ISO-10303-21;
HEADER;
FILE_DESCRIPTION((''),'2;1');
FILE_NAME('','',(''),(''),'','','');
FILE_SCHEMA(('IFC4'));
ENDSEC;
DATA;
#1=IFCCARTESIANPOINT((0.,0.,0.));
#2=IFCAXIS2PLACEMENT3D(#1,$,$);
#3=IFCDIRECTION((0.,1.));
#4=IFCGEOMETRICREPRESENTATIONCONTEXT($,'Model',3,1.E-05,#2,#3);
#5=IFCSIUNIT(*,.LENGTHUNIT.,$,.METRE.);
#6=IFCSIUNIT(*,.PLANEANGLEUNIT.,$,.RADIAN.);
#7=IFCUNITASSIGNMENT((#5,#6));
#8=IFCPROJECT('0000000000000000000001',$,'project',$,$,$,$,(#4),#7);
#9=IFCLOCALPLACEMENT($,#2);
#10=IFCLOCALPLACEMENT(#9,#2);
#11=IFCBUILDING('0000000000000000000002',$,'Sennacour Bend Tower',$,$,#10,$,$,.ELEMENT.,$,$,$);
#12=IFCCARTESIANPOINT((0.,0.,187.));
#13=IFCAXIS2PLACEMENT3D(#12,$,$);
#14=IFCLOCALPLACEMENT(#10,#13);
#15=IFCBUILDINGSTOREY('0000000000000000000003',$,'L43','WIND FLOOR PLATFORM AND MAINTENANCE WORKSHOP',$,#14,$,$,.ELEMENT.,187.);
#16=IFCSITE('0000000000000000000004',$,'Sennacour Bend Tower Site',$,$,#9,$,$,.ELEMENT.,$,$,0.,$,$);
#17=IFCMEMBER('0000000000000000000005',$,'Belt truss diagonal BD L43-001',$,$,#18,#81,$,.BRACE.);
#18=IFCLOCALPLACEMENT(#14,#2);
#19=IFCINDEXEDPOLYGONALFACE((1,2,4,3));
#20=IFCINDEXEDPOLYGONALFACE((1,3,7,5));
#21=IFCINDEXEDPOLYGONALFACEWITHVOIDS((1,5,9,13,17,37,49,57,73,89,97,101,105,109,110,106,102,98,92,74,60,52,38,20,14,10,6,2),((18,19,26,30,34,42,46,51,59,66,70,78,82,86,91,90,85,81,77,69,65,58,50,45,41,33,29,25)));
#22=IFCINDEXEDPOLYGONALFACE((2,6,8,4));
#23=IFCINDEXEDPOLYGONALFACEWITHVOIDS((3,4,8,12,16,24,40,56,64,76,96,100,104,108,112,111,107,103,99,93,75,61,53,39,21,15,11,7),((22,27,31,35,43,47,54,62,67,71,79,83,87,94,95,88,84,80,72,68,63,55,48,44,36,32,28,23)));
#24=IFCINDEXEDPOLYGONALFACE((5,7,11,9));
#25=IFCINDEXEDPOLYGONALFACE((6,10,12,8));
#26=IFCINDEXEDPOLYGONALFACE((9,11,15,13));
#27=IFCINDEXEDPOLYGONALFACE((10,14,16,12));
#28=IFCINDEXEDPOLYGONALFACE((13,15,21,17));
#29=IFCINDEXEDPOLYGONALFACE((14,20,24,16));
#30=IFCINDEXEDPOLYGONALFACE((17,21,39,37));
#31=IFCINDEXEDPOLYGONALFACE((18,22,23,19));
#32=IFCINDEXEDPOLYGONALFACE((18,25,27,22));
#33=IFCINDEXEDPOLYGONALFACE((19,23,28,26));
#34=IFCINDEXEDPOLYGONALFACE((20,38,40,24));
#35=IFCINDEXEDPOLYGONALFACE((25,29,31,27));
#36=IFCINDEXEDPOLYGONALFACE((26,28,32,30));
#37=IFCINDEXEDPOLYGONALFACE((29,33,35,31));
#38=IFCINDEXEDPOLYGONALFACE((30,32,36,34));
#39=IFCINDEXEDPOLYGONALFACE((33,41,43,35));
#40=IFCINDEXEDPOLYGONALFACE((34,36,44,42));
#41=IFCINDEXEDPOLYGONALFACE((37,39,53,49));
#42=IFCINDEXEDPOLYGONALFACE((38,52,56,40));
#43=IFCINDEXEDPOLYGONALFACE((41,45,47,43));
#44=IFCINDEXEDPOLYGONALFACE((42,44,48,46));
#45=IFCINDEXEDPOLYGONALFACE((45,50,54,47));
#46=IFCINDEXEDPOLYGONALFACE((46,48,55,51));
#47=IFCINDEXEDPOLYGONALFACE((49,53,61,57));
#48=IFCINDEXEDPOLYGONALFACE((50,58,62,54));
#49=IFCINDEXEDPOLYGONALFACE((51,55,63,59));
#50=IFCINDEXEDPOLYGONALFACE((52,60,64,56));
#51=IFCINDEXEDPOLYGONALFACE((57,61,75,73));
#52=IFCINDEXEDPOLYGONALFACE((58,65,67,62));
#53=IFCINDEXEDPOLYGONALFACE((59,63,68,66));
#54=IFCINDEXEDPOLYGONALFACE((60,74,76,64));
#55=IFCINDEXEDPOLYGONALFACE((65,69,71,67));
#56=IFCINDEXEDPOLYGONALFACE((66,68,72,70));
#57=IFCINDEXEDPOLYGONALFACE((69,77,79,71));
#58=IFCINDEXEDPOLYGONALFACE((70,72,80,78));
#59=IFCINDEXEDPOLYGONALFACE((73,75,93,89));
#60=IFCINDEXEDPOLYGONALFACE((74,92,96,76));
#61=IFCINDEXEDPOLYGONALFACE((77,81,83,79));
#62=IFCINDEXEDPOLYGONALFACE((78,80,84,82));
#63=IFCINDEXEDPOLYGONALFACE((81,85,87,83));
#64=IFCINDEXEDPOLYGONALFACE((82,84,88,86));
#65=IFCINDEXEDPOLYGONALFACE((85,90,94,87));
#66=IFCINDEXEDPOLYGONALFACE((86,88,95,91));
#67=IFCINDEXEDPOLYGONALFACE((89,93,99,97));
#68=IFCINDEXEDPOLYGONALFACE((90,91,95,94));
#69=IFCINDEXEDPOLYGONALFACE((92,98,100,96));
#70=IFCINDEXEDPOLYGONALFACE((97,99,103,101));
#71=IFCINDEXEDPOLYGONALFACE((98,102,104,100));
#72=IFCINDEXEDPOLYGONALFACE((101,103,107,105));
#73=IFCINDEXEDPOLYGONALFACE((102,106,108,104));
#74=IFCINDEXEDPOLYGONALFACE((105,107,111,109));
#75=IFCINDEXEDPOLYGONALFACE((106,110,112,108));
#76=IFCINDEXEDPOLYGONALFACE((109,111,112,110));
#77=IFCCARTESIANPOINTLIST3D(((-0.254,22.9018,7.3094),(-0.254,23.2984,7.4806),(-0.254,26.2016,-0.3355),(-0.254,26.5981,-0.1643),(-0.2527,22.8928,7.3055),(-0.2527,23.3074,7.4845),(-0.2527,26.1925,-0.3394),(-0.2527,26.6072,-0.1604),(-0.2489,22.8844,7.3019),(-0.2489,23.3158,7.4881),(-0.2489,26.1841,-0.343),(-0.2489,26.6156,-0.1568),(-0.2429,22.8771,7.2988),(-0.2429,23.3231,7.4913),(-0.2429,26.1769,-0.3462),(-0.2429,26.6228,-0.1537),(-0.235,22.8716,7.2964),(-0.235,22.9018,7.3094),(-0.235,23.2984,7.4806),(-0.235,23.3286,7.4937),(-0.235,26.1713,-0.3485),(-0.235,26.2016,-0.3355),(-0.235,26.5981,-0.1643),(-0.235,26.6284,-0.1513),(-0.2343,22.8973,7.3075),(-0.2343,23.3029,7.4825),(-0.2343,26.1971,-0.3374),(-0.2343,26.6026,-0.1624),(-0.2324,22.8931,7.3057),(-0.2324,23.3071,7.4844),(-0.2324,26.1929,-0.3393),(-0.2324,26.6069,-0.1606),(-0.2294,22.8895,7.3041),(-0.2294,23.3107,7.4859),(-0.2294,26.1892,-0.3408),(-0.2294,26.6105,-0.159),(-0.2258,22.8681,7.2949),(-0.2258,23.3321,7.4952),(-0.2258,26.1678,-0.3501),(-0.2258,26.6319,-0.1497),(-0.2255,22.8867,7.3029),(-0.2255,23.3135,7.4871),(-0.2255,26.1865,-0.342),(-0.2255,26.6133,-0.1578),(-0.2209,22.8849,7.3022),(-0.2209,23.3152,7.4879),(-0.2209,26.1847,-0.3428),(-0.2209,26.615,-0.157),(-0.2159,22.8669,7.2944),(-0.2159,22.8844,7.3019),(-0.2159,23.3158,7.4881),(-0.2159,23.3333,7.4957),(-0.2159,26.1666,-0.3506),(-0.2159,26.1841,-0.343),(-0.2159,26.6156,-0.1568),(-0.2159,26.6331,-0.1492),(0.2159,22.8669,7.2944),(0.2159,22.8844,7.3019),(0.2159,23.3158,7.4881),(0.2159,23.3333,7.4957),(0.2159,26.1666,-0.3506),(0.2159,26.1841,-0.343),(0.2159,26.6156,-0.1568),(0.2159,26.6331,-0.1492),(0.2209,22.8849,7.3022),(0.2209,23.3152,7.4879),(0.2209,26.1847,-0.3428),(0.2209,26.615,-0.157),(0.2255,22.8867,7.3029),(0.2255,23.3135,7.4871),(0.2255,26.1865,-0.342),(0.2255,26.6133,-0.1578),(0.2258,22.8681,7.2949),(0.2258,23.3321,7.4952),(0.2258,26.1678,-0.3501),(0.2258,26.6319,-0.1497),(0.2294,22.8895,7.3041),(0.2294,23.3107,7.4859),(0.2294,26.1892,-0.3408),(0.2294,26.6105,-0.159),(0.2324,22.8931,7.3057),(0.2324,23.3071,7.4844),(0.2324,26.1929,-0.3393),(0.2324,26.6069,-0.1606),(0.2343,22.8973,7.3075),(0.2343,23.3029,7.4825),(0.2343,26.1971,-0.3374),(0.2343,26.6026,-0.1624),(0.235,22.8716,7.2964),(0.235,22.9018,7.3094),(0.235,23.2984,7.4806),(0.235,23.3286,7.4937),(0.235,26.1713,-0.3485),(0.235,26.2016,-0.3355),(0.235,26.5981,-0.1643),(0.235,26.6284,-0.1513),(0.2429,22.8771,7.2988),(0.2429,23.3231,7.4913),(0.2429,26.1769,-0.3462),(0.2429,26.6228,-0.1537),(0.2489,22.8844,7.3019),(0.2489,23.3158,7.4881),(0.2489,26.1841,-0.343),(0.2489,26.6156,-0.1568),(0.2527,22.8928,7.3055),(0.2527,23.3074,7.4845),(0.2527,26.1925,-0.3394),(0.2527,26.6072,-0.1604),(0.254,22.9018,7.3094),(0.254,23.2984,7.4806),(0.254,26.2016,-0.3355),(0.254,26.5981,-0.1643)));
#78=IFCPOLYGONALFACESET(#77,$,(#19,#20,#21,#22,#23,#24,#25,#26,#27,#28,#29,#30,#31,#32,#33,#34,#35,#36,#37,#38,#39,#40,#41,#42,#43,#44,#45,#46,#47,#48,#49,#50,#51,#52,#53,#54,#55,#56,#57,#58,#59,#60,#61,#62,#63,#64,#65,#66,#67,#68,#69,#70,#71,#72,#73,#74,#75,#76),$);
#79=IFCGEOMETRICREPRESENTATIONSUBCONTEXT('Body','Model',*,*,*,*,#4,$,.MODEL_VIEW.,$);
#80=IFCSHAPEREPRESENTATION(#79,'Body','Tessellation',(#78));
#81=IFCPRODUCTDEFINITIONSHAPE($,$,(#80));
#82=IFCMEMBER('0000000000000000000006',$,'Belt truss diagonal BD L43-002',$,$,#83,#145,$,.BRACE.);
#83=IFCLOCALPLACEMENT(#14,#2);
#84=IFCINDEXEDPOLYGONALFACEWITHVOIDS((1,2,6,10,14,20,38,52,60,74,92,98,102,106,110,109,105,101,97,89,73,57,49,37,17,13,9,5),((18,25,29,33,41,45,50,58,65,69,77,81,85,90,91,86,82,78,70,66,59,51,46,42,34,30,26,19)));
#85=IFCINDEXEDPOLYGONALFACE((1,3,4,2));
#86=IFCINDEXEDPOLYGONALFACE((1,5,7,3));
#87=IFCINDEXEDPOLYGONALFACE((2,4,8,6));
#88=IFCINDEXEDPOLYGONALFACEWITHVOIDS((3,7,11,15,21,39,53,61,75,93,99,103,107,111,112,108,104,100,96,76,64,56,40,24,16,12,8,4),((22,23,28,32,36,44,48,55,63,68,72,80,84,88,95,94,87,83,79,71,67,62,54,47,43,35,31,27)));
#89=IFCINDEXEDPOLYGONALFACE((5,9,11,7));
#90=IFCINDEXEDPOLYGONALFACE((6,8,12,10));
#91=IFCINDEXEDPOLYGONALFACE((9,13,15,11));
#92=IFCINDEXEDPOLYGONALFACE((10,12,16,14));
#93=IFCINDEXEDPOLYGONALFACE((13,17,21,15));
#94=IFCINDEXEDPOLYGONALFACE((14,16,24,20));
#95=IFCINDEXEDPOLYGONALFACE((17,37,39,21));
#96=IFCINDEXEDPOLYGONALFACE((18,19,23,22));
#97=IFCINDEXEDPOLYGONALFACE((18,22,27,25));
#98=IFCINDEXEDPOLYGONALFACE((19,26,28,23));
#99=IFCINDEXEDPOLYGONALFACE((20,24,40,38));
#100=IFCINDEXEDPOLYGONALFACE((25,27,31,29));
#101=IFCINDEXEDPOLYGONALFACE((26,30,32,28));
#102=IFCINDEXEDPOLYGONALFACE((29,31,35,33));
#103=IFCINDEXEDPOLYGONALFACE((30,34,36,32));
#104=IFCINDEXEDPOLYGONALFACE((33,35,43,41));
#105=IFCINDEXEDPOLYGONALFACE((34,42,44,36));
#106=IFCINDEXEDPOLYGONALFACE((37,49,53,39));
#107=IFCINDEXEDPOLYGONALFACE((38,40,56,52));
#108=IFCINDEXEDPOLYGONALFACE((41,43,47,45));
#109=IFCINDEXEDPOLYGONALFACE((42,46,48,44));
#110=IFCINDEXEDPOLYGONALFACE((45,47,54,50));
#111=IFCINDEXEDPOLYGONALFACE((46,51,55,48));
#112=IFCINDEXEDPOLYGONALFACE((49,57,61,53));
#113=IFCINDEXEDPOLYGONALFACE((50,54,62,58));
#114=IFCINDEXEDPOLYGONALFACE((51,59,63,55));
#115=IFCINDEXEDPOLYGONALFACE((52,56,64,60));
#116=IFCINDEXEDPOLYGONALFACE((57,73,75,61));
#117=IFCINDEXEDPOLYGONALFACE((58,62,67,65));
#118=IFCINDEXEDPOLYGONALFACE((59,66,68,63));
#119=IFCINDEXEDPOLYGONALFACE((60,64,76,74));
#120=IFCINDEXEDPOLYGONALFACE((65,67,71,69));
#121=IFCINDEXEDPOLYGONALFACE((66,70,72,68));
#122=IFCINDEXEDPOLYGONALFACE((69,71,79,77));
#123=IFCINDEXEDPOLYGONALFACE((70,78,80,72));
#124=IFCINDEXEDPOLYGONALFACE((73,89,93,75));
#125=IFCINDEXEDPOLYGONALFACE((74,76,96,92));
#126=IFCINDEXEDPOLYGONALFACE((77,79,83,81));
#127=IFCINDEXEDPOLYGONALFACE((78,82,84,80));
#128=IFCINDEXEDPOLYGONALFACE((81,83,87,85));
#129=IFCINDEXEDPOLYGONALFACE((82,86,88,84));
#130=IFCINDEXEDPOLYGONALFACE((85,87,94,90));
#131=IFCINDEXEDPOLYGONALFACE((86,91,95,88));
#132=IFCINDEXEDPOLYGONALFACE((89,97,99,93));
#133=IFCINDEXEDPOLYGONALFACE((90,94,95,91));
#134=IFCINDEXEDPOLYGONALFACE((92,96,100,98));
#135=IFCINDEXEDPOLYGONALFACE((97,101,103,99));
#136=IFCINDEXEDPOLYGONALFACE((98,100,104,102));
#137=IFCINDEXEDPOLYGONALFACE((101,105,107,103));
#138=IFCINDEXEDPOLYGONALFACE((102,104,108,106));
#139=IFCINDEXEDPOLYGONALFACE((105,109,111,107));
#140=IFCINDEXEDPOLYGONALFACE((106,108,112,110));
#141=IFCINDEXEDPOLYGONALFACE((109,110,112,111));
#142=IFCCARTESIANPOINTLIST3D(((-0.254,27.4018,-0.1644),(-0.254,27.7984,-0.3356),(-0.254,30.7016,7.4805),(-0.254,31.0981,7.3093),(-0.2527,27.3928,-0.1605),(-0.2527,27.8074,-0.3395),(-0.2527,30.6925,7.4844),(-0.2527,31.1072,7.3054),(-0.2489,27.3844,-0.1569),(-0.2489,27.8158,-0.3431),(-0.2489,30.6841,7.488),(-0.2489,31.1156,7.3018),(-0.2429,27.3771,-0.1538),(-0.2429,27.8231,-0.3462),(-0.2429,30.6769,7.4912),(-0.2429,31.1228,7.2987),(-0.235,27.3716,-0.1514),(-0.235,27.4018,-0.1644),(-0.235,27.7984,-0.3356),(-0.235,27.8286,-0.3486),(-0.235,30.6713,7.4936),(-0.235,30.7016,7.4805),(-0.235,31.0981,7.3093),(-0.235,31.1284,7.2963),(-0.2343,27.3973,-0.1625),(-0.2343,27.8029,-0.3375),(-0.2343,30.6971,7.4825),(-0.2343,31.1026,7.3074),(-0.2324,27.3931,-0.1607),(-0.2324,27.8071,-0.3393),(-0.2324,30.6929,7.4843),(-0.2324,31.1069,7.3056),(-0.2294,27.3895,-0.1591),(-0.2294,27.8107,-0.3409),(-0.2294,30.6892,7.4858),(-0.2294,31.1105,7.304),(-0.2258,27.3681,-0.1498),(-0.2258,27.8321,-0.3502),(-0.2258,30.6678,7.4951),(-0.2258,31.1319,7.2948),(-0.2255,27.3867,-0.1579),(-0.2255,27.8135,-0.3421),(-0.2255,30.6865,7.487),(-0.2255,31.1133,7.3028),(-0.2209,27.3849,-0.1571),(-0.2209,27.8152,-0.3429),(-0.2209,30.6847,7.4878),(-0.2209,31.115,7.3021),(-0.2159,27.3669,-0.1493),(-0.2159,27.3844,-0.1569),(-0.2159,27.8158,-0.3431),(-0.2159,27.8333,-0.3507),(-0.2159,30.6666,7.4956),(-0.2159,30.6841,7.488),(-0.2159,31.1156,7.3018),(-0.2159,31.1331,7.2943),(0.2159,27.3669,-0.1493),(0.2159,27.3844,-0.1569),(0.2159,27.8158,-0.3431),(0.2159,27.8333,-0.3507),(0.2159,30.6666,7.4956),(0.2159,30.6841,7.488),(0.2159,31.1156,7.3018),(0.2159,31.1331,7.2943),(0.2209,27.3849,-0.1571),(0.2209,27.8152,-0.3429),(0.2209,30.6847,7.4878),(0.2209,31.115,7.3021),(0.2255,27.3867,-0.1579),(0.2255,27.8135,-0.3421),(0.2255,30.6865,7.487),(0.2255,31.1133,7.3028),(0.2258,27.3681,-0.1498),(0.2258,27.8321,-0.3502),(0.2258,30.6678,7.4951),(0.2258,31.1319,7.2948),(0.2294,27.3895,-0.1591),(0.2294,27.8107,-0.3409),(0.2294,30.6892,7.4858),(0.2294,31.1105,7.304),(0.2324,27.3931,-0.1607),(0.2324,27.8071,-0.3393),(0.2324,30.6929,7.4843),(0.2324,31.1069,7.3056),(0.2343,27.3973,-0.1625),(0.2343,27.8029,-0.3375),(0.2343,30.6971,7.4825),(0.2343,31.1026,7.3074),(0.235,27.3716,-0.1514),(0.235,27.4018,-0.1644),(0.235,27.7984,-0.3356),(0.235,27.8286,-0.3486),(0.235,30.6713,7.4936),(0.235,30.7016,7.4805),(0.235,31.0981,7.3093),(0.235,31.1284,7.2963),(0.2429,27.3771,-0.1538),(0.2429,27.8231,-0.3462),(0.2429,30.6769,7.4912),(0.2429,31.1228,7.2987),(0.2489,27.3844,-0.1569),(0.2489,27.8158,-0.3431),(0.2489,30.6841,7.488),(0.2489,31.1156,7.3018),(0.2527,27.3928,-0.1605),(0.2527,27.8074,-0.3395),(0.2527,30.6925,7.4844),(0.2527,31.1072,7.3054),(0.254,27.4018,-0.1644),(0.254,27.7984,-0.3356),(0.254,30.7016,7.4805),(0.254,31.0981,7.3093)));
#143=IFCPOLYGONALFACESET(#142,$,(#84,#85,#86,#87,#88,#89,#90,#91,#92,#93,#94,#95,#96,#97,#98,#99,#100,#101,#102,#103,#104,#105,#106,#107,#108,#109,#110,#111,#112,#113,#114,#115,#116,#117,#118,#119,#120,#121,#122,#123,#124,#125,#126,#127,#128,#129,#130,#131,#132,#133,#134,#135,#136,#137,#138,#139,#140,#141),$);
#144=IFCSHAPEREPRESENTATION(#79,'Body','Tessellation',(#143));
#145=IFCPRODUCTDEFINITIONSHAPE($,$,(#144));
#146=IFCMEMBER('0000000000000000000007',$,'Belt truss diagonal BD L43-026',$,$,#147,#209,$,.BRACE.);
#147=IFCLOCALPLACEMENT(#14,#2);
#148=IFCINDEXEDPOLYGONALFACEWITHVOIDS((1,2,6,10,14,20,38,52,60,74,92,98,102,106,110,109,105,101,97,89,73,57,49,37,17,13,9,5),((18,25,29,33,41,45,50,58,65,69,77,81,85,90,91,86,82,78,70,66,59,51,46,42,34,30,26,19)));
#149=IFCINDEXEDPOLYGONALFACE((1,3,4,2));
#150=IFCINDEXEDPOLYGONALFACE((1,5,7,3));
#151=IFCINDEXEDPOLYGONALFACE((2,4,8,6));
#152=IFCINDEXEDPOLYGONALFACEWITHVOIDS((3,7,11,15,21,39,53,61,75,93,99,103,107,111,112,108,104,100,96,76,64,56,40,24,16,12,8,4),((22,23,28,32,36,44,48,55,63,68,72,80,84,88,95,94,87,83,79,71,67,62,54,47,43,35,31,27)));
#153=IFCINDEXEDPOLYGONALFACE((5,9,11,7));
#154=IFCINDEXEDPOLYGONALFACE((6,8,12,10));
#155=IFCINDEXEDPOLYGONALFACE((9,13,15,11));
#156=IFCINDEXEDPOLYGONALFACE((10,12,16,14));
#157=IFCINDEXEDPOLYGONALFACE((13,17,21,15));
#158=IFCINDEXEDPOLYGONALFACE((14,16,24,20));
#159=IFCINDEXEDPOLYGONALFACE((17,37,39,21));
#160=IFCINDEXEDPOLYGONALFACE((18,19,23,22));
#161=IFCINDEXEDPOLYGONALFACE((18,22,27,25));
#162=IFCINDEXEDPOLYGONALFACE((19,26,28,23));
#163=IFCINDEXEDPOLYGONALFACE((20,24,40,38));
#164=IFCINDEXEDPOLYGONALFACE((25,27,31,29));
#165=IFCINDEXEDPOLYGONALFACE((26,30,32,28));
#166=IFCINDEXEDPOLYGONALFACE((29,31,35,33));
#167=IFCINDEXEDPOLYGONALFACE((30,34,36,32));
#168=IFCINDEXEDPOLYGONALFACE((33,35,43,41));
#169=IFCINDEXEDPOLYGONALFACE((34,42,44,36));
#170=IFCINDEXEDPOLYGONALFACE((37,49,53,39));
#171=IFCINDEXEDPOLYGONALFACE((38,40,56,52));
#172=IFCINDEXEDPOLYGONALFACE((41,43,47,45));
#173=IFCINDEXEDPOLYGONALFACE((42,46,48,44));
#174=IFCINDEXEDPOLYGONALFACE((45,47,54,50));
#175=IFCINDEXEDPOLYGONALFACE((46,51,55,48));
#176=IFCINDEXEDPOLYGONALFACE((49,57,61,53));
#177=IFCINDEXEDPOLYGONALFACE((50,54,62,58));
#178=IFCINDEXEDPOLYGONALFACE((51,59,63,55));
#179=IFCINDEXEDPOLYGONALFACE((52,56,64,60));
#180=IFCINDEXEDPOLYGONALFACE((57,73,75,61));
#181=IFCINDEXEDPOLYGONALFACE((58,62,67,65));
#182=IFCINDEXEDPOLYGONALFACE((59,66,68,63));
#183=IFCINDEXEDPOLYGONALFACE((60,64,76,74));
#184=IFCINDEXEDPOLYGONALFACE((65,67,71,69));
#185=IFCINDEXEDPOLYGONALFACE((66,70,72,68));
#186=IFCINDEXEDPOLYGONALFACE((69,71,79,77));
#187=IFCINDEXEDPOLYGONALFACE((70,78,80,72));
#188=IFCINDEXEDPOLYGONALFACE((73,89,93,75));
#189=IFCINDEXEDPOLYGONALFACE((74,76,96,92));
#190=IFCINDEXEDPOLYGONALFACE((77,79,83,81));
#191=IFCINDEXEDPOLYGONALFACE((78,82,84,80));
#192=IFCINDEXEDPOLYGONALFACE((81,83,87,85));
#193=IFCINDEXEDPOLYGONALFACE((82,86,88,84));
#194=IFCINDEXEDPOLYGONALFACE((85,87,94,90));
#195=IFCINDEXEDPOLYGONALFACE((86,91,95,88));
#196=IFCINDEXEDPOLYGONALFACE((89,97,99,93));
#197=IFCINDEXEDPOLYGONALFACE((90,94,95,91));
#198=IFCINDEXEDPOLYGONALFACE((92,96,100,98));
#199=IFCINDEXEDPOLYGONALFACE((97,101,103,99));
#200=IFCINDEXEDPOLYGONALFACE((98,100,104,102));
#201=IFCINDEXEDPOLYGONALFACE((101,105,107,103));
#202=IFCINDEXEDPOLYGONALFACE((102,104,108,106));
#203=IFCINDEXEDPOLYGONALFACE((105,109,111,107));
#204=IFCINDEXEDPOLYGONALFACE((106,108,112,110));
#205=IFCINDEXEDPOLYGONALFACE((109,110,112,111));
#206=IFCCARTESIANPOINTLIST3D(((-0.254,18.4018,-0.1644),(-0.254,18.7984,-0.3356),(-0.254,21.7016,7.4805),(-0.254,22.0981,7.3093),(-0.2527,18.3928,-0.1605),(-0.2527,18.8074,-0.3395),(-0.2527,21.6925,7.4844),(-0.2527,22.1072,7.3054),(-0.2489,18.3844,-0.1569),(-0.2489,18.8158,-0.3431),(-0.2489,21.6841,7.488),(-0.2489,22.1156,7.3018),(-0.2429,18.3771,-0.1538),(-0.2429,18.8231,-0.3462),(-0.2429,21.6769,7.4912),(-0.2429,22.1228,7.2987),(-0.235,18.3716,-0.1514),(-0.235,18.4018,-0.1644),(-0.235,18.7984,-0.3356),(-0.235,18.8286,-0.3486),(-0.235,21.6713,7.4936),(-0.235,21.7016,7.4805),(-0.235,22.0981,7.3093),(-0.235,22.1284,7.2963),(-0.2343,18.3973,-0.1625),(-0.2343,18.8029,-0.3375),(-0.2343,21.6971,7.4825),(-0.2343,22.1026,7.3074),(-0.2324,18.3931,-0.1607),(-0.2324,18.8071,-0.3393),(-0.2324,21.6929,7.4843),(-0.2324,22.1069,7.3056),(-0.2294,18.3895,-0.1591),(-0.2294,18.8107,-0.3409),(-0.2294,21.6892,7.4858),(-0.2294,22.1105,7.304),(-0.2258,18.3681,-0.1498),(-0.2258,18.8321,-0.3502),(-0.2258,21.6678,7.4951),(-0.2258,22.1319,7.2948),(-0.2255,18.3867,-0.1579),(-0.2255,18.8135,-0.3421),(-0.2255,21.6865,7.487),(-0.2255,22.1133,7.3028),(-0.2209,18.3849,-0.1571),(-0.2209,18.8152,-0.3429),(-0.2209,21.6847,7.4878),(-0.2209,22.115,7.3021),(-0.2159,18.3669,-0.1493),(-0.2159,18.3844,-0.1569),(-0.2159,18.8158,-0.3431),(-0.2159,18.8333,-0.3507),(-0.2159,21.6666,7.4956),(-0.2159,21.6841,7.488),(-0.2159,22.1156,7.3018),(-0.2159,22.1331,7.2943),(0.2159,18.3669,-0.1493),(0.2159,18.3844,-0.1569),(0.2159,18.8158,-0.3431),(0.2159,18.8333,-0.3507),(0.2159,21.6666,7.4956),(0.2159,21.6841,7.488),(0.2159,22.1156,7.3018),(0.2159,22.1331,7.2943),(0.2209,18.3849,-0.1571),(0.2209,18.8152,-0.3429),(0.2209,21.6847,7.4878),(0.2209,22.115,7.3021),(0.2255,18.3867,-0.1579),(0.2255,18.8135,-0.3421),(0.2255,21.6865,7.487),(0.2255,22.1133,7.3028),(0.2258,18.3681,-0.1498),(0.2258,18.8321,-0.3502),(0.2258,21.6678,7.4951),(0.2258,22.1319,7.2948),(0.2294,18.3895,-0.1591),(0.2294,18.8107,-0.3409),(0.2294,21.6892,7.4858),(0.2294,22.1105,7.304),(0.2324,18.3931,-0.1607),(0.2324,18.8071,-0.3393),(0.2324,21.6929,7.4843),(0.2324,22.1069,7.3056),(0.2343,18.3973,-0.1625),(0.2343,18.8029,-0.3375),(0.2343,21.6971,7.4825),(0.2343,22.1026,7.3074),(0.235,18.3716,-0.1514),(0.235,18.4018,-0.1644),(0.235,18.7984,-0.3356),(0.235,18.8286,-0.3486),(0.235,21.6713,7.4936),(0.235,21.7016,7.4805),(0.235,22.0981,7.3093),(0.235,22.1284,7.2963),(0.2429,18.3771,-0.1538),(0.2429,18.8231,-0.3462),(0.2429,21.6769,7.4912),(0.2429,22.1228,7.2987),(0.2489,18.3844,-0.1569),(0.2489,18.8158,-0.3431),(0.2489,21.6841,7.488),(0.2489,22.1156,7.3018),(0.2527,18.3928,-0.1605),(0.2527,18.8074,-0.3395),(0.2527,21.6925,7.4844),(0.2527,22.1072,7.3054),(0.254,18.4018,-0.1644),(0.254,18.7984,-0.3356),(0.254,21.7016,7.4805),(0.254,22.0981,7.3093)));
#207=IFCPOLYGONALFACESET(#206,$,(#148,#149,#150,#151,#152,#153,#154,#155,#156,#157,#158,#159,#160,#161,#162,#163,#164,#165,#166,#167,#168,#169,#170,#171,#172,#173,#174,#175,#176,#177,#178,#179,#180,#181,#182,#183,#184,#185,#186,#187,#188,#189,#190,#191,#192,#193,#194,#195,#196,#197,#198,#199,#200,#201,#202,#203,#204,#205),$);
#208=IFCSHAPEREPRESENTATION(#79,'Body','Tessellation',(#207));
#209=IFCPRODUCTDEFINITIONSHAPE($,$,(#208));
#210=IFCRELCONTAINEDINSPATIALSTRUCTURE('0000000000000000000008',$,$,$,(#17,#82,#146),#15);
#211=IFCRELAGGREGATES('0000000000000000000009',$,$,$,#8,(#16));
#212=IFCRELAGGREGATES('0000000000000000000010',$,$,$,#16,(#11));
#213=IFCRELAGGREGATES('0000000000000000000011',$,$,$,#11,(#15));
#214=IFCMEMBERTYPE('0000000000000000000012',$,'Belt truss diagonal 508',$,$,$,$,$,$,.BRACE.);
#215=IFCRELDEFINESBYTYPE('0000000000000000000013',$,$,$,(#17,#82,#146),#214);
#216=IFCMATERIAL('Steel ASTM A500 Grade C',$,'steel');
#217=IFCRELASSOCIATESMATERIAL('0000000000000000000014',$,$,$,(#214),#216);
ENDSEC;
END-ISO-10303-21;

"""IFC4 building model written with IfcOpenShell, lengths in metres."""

from ifc_helpers import new_model, si_unit, direction, frame, origin, origin_2d, place, context, subcontext, project, spatial, hollow_rectangle, extrude, material, material_profile, profile_set, type_object, element, save


model = new_model("IFC4")

# Units and contexts
model_context = context("Model", 3, precision=1e-05, world=origin(), true_north=direction((0.0, 1.0)))
body_context = subcontext(model_context, "Body", "Model", "MODEL_VIEW")
ifc_project = project(units=[si_unit("LENGTHUNIT", "METRE"), si_unit("PLANEANGLEUNIT", "RADIAN")], contexts=[model_context])

# Site, building, storey
site_placement = place(None, origin())
site = spatial("IfcSite", under=ifc_project, at=site_placement, Name="Sennacour Bend Tower Site", CompositionType="ELEMENT", RefElevation=0.0)
building_placement = place(site_placement, origin())
building = spatial("IfcBuilding", under=site, at=building_placement, Name="Sennacour Bend Tower", CompositionType="ELEMENT")
storey_placement = place(building_placement, frame((0.0, 0.0, 187.0)))
storey = spatial("IfcBuildingStorey", under=building, at=storey_placement, Name="L43", Description="WIND FLOOR PLATFORM AND MAINTENANCE WORKSHOP", CompositionType="ELEMENT", Elevation=187.0)

# Members
ifc_material_1 = material(Name="Steel ASTM A500 Grade C", Category="steel")
ifc_material_profile_1 = material_profile(ifc_material_1, hollow_rectangle(XDim=0.5081, YDim=0.5081, WallThickness=0.019, InnerFilletRadius=0.019, OuterFilletRadius=0.0381, at=origin_2d()), Name="Steel ASTM A500 Grade C", Category="steel")
ifc_profile_set_1 = profile_set([ifc_material_profile_1], Name="Steel ASTM A500 Grade C")
member_type_1 = type_object("IfcMemberType", Name="Belt truss diagonal 508", PredefinedType="BRACE", material=ifc_profile_set_1)
for number, where, z_axis, x_axis, name in (
    (1, (0.0, 23.1001, 7.395), (0.0, 0.396289, -0.918126), (-1.0, 0.0, 0.0), "Belt truss diagonal BD L43-001"),
    (2, (0.0, 27.6001, -0.25), (0.0, 0.396289, 0.918126), (-1.0, 0.0, 0.0), "Belt truss diagonal BD L43-002"),
    (3, (0.0, 18.6001, -0.25), (0.0, 0.396289, 0.918126), (-1.0, 0.0, 0.0), "Belt truss diagonal BD L43-026"),
):
    element("IfcMember", number, at=place(storey_placement, frame(where, z_axis=z_axis, x_axis=x_axis)), inside=storey, type_object=member_type_1, Name=name, PredefinedType="BRACE", context=body_context, shape_type="SweptSolid", body=[
        extrude(hollow_rectangle(XDim=0.5081, YDim=0.5081, WallThickness=0.019, InnerFilletRadius=0.019, OuterFilletRadius=0.0381, at=origin_2d()), origin(), (0.0, 0.0, 1.0), 8.3267),
    ])

save(model, "model.ifc")
